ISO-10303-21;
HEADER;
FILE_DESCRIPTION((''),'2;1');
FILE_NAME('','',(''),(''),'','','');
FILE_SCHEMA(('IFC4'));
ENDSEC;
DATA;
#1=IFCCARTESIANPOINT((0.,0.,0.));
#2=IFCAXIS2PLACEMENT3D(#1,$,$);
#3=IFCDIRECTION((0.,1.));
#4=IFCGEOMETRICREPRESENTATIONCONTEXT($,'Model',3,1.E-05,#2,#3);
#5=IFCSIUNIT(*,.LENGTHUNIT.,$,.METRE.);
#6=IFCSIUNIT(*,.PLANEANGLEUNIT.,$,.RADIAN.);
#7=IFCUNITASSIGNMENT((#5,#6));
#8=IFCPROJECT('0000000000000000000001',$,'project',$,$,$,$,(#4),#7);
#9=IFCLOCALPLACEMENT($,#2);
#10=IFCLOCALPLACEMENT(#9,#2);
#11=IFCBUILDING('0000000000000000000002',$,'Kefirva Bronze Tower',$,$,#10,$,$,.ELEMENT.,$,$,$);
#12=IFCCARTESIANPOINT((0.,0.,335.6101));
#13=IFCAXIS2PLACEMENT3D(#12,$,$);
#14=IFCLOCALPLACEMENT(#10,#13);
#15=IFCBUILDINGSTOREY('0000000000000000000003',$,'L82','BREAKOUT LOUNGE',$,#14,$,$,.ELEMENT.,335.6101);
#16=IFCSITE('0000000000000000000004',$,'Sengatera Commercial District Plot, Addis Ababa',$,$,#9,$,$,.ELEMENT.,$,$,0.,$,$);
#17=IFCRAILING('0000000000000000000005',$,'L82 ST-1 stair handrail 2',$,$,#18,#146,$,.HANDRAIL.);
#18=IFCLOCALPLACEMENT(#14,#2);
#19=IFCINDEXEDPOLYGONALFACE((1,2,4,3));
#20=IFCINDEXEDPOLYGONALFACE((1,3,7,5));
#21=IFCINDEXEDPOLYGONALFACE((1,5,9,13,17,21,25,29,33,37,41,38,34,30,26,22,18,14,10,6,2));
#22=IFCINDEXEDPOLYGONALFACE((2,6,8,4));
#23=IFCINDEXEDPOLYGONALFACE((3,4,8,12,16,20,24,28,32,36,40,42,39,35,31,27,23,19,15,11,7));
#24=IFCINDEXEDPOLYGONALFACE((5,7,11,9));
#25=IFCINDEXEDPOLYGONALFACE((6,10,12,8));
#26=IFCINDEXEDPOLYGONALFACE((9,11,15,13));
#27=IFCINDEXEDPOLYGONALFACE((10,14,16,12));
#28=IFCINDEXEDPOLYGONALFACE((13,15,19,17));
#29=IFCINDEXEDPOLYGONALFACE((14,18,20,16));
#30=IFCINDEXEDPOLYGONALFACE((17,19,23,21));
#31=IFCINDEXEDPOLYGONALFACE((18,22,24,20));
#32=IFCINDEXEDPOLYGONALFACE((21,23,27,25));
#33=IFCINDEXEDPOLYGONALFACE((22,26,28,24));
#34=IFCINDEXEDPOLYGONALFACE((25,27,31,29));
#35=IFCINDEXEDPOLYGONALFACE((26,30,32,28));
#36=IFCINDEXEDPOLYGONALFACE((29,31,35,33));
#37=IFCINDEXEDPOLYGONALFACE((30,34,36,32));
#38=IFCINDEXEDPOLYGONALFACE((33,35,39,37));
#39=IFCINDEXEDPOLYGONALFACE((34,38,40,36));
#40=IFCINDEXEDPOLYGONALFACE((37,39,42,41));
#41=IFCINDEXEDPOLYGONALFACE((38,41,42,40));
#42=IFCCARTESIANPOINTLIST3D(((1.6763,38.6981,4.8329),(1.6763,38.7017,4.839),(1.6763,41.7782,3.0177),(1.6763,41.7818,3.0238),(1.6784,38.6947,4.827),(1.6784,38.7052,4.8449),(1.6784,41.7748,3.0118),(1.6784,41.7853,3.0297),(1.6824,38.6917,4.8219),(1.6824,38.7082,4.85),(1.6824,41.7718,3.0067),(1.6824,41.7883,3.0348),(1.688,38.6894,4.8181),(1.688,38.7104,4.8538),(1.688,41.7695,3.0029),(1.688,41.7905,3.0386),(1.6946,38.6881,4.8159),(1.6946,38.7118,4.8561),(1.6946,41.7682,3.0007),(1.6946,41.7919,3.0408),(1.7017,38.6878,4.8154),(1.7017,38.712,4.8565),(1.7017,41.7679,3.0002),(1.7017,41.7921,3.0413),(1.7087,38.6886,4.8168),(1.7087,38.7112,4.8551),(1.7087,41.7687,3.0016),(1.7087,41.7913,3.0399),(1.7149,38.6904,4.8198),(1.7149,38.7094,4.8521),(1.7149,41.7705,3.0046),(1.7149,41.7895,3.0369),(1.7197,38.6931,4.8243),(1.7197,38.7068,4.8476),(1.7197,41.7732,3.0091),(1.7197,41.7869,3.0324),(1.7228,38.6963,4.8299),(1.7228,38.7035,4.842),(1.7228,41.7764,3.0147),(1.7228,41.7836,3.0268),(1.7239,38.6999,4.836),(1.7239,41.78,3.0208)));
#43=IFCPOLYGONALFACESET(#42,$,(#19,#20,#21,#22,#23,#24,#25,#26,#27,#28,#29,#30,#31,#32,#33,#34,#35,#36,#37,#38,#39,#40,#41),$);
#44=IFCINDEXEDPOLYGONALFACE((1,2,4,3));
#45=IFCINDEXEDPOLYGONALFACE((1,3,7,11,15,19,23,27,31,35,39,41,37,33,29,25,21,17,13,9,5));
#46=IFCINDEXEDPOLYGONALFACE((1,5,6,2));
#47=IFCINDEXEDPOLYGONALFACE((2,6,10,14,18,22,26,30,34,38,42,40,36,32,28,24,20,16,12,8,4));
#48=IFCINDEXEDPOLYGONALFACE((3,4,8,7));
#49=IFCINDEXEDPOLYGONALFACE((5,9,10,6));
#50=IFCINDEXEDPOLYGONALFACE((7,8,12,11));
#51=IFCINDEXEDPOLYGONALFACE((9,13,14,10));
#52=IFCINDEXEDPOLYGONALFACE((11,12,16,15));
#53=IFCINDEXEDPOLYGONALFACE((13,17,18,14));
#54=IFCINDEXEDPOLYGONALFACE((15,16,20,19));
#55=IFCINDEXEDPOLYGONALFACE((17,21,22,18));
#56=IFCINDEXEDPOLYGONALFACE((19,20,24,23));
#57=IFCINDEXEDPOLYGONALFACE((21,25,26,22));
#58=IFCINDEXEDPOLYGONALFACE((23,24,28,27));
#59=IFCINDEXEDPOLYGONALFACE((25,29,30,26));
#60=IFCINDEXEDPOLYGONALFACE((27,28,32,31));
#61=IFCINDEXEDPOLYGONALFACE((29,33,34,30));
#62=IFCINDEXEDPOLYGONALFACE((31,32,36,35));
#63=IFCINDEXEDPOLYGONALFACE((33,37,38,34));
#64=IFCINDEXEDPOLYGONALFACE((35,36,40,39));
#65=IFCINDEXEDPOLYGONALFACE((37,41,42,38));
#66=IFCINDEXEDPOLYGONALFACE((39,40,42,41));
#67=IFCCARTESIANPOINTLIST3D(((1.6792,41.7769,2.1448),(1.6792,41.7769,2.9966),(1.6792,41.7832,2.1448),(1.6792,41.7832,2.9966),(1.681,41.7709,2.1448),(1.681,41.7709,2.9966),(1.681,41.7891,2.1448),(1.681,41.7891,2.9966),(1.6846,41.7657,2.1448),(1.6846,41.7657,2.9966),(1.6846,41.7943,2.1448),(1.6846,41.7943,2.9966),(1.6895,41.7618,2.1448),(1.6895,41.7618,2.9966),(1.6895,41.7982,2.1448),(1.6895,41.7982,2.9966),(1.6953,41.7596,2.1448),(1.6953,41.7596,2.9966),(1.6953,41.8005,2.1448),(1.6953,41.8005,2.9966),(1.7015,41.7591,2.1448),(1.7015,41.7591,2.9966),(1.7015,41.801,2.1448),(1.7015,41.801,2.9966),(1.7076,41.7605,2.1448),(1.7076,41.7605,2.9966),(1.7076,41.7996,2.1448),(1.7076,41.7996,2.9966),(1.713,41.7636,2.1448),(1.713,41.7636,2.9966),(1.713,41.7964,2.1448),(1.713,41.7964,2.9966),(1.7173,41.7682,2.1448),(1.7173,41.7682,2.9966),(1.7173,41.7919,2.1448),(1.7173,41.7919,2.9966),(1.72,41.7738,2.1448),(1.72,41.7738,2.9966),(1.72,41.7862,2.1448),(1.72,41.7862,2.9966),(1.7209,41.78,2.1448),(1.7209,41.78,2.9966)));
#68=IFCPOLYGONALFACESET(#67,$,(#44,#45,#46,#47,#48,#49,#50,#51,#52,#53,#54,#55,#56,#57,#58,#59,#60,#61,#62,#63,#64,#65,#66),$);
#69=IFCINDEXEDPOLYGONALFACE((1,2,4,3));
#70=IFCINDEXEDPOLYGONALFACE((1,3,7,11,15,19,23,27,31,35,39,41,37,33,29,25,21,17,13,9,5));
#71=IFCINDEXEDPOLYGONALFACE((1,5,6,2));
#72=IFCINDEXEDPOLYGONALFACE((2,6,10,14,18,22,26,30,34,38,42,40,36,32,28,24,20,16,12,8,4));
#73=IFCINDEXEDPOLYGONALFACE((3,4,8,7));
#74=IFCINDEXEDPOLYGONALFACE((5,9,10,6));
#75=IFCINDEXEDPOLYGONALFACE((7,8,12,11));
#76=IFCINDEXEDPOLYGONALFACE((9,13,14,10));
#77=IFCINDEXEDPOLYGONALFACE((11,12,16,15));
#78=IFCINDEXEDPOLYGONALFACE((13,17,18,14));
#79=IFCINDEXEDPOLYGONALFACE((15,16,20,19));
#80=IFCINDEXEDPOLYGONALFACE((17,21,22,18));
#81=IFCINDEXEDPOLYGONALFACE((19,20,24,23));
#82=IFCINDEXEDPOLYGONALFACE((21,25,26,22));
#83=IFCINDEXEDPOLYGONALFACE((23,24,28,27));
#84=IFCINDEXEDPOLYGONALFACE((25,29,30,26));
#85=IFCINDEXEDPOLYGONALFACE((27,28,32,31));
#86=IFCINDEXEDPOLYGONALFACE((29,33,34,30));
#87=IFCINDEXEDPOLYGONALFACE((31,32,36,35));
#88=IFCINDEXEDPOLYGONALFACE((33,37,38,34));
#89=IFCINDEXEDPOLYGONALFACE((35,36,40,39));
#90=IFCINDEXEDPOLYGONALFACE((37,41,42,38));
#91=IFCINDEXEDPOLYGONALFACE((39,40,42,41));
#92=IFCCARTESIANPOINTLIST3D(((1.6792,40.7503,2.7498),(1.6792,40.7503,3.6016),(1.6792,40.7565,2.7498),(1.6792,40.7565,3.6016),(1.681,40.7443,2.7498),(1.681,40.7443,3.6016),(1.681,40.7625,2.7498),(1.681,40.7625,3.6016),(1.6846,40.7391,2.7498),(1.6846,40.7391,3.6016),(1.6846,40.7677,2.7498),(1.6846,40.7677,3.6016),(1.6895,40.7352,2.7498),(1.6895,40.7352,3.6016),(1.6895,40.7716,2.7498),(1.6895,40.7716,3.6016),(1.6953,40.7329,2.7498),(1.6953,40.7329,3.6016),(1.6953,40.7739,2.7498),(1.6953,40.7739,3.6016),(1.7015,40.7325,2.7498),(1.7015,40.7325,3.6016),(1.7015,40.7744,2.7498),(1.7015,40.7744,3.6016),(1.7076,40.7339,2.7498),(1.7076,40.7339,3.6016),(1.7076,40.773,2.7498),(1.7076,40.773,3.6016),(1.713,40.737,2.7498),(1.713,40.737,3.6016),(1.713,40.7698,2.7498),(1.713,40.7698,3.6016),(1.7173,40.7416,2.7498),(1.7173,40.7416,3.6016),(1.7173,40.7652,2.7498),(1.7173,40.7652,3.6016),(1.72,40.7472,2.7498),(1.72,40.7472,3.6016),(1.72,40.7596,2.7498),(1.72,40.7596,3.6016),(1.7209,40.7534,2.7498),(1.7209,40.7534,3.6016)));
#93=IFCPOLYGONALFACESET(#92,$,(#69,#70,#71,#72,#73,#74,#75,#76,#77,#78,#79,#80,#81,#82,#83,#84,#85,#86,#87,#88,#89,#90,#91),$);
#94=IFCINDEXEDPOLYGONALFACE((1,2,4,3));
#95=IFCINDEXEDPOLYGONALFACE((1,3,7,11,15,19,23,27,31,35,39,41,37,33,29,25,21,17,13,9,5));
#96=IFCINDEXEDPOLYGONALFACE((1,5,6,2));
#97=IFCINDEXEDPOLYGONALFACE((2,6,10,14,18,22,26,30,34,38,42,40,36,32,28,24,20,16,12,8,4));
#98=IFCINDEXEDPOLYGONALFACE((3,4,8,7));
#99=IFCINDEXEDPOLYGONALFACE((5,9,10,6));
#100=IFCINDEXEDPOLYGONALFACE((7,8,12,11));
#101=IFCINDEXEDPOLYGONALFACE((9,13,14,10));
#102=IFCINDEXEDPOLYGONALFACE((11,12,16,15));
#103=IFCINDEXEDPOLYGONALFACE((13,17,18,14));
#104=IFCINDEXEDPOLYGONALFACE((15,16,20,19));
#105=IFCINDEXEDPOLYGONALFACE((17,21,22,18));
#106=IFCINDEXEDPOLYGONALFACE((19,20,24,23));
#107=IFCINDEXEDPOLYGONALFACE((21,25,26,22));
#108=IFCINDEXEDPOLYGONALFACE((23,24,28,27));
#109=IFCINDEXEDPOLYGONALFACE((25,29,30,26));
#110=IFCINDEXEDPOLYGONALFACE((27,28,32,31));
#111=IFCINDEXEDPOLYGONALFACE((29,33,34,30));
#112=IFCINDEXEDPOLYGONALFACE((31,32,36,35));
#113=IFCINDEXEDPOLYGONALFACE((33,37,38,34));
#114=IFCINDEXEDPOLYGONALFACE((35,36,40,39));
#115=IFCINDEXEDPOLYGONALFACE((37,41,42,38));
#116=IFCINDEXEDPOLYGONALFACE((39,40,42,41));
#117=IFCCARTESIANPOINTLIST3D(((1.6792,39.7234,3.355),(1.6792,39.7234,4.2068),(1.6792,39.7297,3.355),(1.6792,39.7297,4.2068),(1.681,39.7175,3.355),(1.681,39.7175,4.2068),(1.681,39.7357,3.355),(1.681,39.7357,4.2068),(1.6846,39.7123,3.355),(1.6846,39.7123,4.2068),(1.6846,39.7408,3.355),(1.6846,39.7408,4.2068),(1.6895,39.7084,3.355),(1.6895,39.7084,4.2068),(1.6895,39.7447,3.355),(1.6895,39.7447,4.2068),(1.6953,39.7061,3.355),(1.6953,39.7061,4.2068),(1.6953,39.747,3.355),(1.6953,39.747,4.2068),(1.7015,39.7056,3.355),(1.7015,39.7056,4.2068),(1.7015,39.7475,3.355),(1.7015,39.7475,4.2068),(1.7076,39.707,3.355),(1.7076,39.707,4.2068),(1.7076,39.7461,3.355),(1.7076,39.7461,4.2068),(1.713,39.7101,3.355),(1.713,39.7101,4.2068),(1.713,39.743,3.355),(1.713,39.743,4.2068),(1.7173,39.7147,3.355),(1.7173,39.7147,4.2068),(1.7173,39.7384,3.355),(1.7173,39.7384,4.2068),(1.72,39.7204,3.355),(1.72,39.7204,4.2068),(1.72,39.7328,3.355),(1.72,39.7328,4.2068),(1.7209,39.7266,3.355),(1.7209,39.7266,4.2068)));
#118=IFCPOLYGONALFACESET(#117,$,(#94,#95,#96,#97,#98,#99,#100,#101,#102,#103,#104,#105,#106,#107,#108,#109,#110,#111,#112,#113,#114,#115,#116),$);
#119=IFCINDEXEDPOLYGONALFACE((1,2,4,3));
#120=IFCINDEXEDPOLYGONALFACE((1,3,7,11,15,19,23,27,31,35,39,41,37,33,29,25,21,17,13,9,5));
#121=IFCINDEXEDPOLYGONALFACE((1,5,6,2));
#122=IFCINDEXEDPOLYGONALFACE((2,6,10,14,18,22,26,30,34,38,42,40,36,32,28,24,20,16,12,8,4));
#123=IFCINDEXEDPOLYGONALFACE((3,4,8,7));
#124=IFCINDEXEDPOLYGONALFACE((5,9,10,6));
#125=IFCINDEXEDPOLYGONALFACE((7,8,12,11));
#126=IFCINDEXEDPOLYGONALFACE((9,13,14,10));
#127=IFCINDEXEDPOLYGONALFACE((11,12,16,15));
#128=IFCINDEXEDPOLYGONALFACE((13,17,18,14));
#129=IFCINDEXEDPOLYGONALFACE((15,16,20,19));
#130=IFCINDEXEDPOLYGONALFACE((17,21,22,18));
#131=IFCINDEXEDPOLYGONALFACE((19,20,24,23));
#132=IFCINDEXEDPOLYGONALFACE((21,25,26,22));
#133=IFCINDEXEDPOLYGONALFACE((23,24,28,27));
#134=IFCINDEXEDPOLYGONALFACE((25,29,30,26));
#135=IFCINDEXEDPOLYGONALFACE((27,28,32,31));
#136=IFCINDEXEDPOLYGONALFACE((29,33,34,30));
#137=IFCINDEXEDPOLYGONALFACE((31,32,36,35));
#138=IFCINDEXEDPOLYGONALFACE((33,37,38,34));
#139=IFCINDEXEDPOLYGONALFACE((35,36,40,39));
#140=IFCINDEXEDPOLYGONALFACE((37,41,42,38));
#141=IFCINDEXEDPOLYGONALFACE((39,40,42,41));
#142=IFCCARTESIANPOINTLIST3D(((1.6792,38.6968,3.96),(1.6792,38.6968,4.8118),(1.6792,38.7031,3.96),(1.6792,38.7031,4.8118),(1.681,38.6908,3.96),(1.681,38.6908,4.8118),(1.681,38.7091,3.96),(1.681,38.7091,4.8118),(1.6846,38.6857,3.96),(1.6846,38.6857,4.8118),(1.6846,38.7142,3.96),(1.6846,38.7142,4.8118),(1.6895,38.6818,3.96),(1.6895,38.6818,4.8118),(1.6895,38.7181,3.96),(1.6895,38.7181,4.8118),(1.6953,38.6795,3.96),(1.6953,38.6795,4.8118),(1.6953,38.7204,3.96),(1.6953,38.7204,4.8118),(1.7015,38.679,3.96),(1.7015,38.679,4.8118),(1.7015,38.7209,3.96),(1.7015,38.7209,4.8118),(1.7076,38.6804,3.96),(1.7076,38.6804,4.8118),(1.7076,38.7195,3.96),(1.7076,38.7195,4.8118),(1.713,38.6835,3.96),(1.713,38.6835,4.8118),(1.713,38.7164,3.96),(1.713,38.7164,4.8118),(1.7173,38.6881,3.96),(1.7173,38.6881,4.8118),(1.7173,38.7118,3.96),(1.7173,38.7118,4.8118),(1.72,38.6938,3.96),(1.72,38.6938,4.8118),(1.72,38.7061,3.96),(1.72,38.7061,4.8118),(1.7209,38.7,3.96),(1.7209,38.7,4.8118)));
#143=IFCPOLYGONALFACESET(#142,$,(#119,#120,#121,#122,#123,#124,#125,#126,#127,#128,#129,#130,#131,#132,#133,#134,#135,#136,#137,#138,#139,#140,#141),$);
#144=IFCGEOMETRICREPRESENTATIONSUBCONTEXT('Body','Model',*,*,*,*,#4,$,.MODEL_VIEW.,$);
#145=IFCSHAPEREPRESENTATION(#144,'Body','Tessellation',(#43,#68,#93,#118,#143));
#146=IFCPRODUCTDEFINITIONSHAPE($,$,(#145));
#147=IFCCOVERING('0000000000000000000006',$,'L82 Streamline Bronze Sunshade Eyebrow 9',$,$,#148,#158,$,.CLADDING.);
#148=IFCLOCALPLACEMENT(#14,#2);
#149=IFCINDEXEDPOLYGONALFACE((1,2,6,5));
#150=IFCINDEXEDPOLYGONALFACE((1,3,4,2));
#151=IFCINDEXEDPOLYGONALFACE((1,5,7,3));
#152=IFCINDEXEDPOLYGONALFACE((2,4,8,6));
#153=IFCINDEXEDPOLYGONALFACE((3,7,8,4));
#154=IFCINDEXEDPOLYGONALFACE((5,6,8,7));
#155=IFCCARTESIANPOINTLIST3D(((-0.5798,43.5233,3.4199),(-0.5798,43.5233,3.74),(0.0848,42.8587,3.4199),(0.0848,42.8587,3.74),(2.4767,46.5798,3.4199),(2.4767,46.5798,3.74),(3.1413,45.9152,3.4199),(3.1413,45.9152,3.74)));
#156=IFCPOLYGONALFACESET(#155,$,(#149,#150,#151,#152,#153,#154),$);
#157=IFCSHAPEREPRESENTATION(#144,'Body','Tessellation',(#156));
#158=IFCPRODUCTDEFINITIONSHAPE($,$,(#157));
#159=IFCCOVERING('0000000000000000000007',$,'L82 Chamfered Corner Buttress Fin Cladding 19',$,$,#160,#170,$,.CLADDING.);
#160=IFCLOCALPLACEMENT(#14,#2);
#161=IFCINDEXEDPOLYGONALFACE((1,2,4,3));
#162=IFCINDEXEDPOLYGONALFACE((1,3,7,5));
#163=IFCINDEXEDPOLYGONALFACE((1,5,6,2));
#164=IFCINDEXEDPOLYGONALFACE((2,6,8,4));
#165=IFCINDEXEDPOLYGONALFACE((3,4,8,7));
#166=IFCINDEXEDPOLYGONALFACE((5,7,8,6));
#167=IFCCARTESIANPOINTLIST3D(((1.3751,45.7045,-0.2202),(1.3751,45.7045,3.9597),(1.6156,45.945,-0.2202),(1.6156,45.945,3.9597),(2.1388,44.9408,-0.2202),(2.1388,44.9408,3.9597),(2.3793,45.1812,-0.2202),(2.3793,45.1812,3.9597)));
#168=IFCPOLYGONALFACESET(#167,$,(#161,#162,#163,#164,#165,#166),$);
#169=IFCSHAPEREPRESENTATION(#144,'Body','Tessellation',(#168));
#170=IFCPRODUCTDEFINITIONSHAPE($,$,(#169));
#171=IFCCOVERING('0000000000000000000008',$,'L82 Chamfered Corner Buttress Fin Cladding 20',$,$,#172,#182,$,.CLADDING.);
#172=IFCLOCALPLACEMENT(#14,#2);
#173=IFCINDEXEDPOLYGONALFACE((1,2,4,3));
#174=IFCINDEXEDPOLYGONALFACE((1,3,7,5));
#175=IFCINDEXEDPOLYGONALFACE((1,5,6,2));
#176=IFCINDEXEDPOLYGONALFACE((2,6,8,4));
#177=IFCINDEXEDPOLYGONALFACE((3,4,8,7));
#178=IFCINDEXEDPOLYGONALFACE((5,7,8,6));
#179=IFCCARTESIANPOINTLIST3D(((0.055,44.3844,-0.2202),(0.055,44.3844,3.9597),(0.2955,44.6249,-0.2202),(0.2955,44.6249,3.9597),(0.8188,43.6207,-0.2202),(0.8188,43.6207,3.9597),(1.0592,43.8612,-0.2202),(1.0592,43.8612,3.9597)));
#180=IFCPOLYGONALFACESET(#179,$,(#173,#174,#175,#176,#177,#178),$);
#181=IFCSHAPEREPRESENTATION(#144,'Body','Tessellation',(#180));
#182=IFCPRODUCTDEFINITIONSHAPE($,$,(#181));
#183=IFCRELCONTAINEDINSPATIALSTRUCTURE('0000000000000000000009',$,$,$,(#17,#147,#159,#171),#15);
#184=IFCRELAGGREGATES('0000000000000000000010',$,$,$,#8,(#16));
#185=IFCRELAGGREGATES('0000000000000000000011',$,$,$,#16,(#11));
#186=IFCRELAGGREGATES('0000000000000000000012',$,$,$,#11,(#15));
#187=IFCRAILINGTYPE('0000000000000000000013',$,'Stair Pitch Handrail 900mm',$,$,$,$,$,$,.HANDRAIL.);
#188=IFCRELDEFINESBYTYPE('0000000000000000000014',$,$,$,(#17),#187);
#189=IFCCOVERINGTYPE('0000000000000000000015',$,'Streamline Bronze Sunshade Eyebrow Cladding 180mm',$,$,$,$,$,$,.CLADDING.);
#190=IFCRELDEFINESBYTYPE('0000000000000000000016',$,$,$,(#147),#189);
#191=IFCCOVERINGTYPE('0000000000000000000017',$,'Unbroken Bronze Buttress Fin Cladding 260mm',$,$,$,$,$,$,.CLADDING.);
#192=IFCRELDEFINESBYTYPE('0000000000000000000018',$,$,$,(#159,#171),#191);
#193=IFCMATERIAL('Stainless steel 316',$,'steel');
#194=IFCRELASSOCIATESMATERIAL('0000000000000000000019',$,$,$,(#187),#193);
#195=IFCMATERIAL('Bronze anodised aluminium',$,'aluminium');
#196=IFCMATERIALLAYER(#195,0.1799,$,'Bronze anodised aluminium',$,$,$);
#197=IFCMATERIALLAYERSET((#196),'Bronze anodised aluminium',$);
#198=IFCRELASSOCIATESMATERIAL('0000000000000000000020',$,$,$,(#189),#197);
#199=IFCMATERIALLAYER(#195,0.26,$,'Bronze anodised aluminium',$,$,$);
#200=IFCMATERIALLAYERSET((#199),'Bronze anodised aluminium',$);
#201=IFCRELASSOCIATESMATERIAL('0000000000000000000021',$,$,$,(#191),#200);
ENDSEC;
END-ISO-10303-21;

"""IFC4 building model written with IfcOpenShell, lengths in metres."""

from ifc_helpers import new_model, si_unit, direction, frame, origin, origin_2d, place, context, subcontext, project, spatial, rectangle, circle, extrude, material, layer, layer_set, type_object, element, save


model = new_model("IFC4")

# Units and contexts
model_context = context("Model", 3, precision=1e-05, world=origin(), true_north=direction((0.0, 1.0)))
body_context = subcontext(model_context, "Body", "Model", "MODEL_VIEW")
ifc_project = project(units=[si_unit("LENGTHUNIT", "METRE"), si_unit("PLANEANGLEUNIT", "RADIAN")], contexts=[model_context])

# Site, building, storey
site_placement = place(None, origin())
site = spatial("IfcSite", under=ifc_project, at=site_placement, Name="Sengatera Commercial District Plot, Addis Ababa", CompositionType="ELEMENT", RefElevation=0.0)
building_placement = place(site_placement, origin())
building = spatial("IfcBuilding", under=site, at=building_placement, Name="Kefirva Bronze Tower", CompositionType="ELEMENT")
storey_placement = place(building_placement, frame((0.0, 0.0, 335.6101)))
storey = spatial("IfcBuildingStorey", under=building, at=storey_placement, Name="L82", Description="BREAKOUT LOUNGE", CompositionType="ELEMENT", Elevation=335.6101)

# Shared definitions
ifc_material_1 = material(Name="Bronze anodised aluminium", Category="aluminium")

# Railing
ifc_material_2 = material(Name="Stainless steel 316", Category="steel")
railing_type_1 = type_object("IfcRailingType", Name="Stair Pitch Handrail 900mm", PredefinedType="HANDRAIL", material=ifc_material_2)
railing_1_placement = place(storey_placement, frame((1.7, 41.78, 2.1448)))
element("IfcRailing", 1, at=railing_1_placement, inside=storey, type_object=railing_type_1, Name="L82 ST-1 stair handrail 2", PredefinedType="HANDRAIL", context=body_context, shape_type="SweptSolid", body=[
    extrude(circle(Radius=0.0239, at=origin_2d()), frame((0.0, 0.0, 0.876), z_axis=(0.0, -0.861521, 0.507721), x_axis=(1.0, 0.0, 0.0)), (0.0, 0.0, 1.0), 3.5752),
    extrude(circle(Radius=0.021, at=origin_2d()), origin(), (0.0, 0.0, 1.0), 0.8518),
    extrude(circle(Radius=0.021, at=origin_2d()), frame((0.0, -1.0266, 0.605)), (0.0, 0.0, 1.0), 0.8518),
    extrude(circle(Radius=0.021, at=origin_2d()), frame((0.0, -2.0535, 1.2102)), (0.0, 0.0, 1.0), 0.8518),
    extrude(circle(Radius=0.021, at=origin_2d()), frame((0.0, -3.0801, 1.8152)), (0.0, 0.0, 1.0), 0.8518),
])

# Coverings
ifc_layer_1 = layer(ifc_material_1, 0.1799, Name="Bronze anodised aluminium")
ifc_layer_set_1 = layer_set([ifc_layer_1], Name="Bronze anodised aluminium")
covering_type_1 = type_object("IfcCoveringType", Name="Streamline Bronze Sunshade Eyebrow Cladding 180mm", PredefinedType="CLADDING", material=ifc_layer_set_1)
covering_1_placement = place(storey_placement, frame((1.2808, 44.7192, 3.4199), z_axis=(0.0, 0.0, 1.0), x_axis=(-0.707107, -0.707107, 0.0)))
element("IfcCovering", 2, at=covering_1_placement, inside=storey, type_object=covering_type_1, Name="L82 Streamline Bronze Sunshade Eyebrow 9", PredefinedType="CLADDING", context=body_context, shape_type="SweptSolid", body=[
    extrude(rectangle(XDim=4.3225, YDim=0.9399, at=origin_2d()), origin(), (0.0, 0.0, 1.0), 0.3201),
])
ifc_layer_2 = layer(ifc_material_1, 0.26, Name="Bronze anodised aluminium")
ifc_layer_set_2 = layer_set([ifc_layer_2], Name="Bronze anodised aluminium")
covering_type_2 = type_object("IfcCoveringType", Name="Unbroken Bronze Buttress Fin Cladding 260mm", PredefinedType="CLADDING", material=ifc_layer_set_2)
for number, where, z_axis, x_axis, name in (
    (3, (1.8772, 45.4429, -0.2202), (0.0, 0.0, 1.0), (-0.707107, -0.707107, 0.0), "L82 Chamfered Corner Buttress Fin Cladding 19"),
    (4, (0.5571, 44.1228, -0.2202), (0.0, 0.0, 1.0), (-0.707107, -0.707107, 0.0), "L82 Chamfered Corner Buttress Fin Cladding 20"),
):
    element("IfcCovering", number, at=place(storey_placement, frame(where, z_axis=z_axis, x_axis=x_axis)), inside=storey, type_object=covering_type_2, Name=name, PredefinedType="CLADDING", context=body_context, shape_type="SweptSolid", body=[
        extrude(rectangle(XDim=0.3401, YDim=1.0801, at=origin_2d()), origin(), (0.0, 0.0, 1.0), 4.1799),
    ])

save(model, "model.ifc")
